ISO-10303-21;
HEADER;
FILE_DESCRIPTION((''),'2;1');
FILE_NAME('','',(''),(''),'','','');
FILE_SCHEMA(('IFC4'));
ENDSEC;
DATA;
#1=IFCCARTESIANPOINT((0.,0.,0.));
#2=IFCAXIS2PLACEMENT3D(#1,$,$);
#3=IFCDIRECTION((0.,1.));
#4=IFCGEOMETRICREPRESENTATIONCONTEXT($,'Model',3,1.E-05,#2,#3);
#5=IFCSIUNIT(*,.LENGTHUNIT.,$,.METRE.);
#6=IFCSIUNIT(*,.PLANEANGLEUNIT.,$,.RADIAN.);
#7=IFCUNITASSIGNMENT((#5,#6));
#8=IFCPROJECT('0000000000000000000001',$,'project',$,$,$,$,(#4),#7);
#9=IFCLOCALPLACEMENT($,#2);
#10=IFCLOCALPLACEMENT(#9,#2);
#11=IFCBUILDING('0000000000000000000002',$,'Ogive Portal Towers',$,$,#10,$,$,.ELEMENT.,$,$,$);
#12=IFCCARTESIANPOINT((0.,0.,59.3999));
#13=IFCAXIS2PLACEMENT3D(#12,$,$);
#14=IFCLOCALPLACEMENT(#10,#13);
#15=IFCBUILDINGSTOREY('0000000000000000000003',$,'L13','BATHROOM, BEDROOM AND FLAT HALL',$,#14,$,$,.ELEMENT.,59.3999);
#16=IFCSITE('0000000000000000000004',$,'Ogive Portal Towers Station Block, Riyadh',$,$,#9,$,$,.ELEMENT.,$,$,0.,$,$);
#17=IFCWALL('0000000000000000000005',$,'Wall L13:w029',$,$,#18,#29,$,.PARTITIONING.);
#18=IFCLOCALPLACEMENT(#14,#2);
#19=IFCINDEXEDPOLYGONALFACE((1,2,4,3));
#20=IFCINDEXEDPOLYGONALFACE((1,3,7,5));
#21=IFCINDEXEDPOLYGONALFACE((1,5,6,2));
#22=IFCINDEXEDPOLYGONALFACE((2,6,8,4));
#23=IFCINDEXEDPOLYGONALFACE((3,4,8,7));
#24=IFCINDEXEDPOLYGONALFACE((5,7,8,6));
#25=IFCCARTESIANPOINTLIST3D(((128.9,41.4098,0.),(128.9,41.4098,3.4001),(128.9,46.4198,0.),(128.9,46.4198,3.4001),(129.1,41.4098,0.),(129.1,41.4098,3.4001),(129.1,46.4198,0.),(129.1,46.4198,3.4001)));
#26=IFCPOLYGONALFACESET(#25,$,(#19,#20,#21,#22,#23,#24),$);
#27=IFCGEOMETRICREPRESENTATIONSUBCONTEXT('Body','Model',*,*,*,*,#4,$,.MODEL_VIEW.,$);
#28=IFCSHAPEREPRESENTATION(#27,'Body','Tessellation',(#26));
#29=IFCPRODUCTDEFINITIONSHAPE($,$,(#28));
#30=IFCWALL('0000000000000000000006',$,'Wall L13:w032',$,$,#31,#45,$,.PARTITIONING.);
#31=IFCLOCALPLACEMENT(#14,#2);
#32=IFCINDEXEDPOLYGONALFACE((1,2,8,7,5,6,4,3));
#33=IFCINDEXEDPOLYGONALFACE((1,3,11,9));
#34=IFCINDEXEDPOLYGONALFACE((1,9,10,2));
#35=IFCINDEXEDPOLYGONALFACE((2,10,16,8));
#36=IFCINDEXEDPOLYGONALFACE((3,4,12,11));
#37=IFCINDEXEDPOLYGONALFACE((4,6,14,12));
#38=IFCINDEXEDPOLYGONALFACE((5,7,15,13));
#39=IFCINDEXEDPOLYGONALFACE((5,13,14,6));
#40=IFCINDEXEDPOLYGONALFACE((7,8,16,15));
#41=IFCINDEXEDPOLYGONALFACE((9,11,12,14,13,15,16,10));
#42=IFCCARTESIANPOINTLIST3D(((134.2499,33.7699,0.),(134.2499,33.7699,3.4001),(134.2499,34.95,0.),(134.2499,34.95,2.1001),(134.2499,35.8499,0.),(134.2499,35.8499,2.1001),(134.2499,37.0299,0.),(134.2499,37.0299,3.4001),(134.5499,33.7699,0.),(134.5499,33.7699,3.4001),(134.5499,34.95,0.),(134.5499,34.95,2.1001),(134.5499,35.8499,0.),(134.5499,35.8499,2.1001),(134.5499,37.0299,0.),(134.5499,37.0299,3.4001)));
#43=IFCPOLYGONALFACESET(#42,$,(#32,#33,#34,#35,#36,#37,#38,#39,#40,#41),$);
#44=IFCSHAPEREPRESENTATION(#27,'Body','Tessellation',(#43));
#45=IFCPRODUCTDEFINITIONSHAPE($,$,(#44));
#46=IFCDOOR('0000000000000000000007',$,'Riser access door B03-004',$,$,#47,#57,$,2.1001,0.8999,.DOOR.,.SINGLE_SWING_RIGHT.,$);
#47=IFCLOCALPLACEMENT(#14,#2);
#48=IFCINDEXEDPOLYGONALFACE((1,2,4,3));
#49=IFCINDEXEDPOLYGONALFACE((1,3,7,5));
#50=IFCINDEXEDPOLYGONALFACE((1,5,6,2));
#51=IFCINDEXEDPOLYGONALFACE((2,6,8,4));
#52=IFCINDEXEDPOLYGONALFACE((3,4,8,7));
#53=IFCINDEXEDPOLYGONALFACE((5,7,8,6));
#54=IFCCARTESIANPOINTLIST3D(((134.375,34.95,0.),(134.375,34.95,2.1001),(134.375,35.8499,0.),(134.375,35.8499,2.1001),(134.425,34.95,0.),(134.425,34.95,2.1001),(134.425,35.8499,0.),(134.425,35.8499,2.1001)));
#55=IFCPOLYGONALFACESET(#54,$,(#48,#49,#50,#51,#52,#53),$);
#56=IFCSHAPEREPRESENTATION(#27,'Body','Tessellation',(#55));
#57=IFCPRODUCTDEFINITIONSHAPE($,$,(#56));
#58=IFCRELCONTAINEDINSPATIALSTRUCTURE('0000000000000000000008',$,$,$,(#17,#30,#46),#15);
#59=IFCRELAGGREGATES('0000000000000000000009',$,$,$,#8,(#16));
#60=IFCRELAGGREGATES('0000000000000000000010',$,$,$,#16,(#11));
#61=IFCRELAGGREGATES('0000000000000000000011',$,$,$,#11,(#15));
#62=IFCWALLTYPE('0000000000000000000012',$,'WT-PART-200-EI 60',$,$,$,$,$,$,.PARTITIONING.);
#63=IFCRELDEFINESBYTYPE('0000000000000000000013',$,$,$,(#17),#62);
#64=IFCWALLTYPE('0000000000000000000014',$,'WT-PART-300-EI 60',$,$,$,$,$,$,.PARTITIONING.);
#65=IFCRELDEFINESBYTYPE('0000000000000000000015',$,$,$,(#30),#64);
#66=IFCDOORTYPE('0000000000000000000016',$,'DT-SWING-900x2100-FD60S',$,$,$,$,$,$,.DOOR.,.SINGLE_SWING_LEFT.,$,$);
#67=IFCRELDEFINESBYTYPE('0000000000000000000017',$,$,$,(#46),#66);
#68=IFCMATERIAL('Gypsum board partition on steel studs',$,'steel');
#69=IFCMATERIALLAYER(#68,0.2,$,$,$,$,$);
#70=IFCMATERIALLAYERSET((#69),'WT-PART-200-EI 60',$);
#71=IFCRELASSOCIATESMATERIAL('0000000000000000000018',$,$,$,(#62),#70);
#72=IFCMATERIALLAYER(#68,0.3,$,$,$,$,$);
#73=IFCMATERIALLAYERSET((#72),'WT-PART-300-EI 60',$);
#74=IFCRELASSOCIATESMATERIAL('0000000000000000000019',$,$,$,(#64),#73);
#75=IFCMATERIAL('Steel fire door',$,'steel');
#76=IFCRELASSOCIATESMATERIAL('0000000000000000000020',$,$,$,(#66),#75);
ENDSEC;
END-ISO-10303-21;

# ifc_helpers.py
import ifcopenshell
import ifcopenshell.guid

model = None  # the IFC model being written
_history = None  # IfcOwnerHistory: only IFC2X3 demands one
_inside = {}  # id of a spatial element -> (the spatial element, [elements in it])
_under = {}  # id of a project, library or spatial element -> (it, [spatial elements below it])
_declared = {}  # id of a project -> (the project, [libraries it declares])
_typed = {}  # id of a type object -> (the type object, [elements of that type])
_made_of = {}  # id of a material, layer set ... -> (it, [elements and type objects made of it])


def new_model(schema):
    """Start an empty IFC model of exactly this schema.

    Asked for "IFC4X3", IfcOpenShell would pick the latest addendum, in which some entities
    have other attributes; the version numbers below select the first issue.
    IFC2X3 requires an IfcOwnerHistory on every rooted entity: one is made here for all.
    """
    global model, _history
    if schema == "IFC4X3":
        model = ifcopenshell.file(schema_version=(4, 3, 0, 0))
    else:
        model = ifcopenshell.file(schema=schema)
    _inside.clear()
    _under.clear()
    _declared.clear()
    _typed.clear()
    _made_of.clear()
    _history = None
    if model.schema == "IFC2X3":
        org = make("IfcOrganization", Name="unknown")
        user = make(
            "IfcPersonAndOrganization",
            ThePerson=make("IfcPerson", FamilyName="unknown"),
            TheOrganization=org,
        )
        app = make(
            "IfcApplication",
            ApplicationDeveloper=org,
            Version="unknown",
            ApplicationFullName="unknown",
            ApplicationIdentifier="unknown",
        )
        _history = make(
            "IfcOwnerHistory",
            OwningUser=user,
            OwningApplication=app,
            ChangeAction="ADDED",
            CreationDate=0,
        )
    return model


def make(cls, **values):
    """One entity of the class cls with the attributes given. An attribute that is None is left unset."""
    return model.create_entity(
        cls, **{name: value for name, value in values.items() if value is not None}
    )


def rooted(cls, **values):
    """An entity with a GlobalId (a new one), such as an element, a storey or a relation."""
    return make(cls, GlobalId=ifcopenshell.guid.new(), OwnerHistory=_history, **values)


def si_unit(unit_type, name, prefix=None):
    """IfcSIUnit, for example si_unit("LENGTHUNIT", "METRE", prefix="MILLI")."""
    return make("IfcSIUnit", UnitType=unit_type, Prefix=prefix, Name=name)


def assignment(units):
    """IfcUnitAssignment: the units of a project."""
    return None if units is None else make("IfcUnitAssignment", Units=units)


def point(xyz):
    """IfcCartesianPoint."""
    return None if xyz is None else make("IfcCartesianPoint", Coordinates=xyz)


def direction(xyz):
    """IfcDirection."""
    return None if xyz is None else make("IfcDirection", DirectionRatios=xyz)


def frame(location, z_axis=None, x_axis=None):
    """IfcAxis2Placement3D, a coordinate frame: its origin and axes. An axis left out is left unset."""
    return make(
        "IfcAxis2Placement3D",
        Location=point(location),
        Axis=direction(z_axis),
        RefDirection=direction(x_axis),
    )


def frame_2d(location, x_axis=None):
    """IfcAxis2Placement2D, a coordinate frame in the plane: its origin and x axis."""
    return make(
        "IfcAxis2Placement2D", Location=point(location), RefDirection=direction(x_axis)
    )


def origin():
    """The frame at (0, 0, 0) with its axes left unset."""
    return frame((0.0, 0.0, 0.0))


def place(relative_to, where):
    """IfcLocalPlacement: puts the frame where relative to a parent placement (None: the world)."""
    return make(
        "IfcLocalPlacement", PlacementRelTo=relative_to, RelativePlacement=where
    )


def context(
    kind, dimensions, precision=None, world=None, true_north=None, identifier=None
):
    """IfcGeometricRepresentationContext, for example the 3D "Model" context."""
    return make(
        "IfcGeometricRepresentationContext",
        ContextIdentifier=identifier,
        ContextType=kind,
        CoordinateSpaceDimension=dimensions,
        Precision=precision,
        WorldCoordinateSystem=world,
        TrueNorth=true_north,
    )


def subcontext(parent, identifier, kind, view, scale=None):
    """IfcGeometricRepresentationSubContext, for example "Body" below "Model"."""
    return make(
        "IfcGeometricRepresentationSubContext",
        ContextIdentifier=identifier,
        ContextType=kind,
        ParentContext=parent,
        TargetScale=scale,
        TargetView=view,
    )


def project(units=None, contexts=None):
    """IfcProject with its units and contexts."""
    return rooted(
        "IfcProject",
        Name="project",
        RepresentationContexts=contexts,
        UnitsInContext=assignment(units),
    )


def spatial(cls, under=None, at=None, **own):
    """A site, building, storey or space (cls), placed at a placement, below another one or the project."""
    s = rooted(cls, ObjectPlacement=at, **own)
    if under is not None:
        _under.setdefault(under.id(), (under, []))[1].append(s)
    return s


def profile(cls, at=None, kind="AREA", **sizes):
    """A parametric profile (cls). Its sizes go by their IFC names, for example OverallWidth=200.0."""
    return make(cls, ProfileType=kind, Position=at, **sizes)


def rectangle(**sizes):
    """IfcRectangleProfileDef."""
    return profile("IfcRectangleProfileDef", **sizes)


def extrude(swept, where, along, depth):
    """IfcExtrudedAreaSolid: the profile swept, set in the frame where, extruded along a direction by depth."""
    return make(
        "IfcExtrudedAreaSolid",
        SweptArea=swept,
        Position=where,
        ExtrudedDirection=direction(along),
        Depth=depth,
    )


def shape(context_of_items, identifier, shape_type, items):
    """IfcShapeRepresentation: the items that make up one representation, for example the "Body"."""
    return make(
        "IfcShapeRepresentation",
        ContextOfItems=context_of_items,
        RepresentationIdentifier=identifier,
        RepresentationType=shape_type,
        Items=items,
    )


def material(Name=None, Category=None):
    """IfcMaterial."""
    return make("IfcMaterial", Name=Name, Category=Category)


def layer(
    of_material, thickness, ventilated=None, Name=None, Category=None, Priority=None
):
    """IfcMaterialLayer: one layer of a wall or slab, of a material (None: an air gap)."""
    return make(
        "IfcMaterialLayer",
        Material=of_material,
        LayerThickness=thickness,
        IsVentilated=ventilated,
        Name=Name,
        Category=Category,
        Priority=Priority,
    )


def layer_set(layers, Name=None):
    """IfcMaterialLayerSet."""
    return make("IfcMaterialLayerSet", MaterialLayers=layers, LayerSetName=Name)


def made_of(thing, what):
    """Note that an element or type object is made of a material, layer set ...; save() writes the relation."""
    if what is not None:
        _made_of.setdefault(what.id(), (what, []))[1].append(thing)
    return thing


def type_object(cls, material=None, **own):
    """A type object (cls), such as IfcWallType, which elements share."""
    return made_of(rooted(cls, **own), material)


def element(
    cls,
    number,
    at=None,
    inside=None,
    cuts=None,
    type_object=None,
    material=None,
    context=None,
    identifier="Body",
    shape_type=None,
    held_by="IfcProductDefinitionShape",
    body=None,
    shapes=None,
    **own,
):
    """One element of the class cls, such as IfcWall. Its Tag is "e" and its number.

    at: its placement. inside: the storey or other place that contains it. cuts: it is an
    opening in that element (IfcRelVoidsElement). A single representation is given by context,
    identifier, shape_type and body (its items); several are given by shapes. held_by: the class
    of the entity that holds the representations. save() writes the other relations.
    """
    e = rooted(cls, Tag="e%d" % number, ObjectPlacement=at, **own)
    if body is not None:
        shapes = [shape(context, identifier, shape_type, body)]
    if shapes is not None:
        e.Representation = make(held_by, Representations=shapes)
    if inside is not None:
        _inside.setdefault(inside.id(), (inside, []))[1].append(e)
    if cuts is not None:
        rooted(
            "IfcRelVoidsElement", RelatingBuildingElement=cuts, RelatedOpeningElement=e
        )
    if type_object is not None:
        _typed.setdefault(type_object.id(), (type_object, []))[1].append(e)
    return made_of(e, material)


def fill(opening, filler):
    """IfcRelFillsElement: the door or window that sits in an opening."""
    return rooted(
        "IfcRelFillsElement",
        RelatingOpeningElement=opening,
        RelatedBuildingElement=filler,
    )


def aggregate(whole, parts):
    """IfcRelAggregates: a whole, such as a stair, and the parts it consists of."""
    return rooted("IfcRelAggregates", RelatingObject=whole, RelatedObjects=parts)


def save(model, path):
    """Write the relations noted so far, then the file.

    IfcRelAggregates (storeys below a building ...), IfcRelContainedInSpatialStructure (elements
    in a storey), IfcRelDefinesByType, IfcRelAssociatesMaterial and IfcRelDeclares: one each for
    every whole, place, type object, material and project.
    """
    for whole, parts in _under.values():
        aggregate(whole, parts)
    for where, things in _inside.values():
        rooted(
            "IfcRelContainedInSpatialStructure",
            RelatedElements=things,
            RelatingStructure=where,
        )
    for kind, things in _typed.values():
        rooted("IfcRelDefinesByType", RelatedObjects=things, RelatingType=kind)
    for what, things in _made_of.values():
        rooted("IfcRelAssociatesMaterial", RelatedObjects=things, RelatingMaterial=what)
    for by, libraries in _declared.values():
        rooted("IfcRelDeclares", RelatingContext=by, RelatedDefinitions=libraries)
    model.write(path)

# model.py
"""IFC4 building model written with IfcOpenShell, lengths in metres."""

from ifc_helpers import new_model, si_unit, direction, frame, frame_2d, origin, place, context, subcontext, project, spatial, rectangle, extrude, material, layer, layer_set, type_object, element, fill, save


model = new_model("IFC4")

# Units and contexts
model_context = context("Model", 3, precision=1e-05, world=origin(), true_north=direction((0.0, 1.0)))
body_context = subcontext(model_context, "Body", "Model", "MODEL_VIEW")
ifc_project = project(units=[si_unit("LENGTHUNIT", "METRE"), si_unit("PLANEANGLEUNIT", "RADIAN")], contexts=[model_context])

# Site, building, storey
site_placement = place(None, origin())
site = spatial("IfcSite", under=ifc_project, at=site_placement, Name="Ogive Portal Towers Station Block, Riyadh", CompositionType="ELEMENT", RefElevation=0.0)
building_placement = place(site_placement, origin())
building = spatial("IfcBuilding", under=site, at=building_placement, Name="Ogive Portal Towers", CompositionType="ELEMENT")
storey_placement = place(building_placement, frame((0.0, 0.0, 59.3999)))
storey = spatial("IfcBuildingStorey", under=building, at=storey_placement, Name="L13", Description="BATHROOM, BEDROOM AND FLAT HALL", CompositionType="ELEMENT", Elevation=59.3999)

# Shared definitions
ifc_material_1 = material(Name="Steel fire door", Category="steel")

# Wall
ifc_material_2 = material(Name="Gypsum board partition on steel studs", Category="steel")
ifc_layer_1 = layer(ifc_material_2, 0.2)
ifc_layer_set_1 = layer_set([ifc_layer_1], Name="WT-PART-200-EI 60")
wall_type_1 = type_object("IfcWallType", Name="WT-PART-200-EI 60", PredefinedType="PARTITIONING", material=ifc_layer_set_1)
wall_1_placement = place(storey_placement, frame((129.0, 41.4099, 0.0), z_axis=(0.0, 0.0, 1.0), x_axis=(0.0, 1.0, 0.0)))
element("IfcWall", 1, at=wall_1_placement, inside=storey, type_object=wall_type_1, Name="Wall L13:w029", PredefinedType="PARTITIONING", context=body_context, shape_type="SweptSolid", body=[
    extrude(rectangle(XDim=5.01, YDim=0.2, at=frame_2d((2.5049, 0.0))), origin(), (0.0, 0.0, 1.0), 3.4001),
])

# Wall, opening, door
ifc_layer_2 = layer(ifc_material_2, 0.3)
ifc_layer_set_2 = layer_set([ifc_layer_2], Name="WT-PART-300-EI 60")
wall_type_2 = type_object("IfcWallType", Name="WT-PART-300-EI 60", PredefinedType="PARTITIONING", material=ifc_layer_set_2)
wall_2_placement = place(storey_placement, frame((134.3999, 33.77, 0.0), z_axis=(0.0, 0.0, 1.0), x_axis=(0.0, 1.0, 0.0)))
wall_2 = element("IfcWall", 2, at=wall_2_placement, inside=storey, type_object=wall_type_2, Name="Wall L13:w032", PredefinedType="PARTITIONING", context=body_context, shape_type="SweptSolid", body=[
    extrude(rectangle(XDim=3.26, YDim=0.3, at=frame_2d((1.6299, 0.0))), origin(), (0.0, 0.0, 1.0), 3.4001),
])
opening_1_placement = place(wall_2_placement, frame((1.1799, 0.0, 0.0)))
opening_1 = element("IfcOpeningElement", 3, at=opening_1_placement, cuts=wall_2, PredefinedType="OPENING", context=body_context, shape_type="SweptSolid", body=[
    extrude(rectangle(XDim=0.8999, YDim=2.1001, at=frame_2d((0.45, 1.05))), frame((0.0, 0.1602, 0.0), z_axis=(0.0, -1.0, 0.0), x_axis=(1.0, 0.0, 0.0)), (0.0, 0.0, 1.0), 0.3201),
])
door_type_1 = type_object("IfcDoorType", Name="DT-SWING-900x2100-FD60S", OperationType="SINGLE_SWING_LEFT", PredefinedType="DOOR", material=ifc_material_1)
door_1_placement = place(opening_1_placement, origin())
door_1 = element("IfcDoor", 4, at=door_1_placement, inside=storey, type_object=door_type_1, Name="Riser access door B03-004", OperationType="SINGLE_SWING_RIGHT", OverallHeight=2.1001, OverallWidth=0.8999, PredefinedType="DOOR", context=body_context, shape_type="SweptSolid", body=[
    extrude(rectangle(XDim=0.8999, YDim=2.1001, at=frame_2d((0.45, 1.05))), frame((0.0, 0.0249, 0.0), z_axis=(0.0, -1.0, 0.0), x_axis=(1.0, 0.0, 0.0)), (0.0, 0.0, 1.0), 0.05),
])
fill(opening_1, door_1)

save(model, "model.ifc")
